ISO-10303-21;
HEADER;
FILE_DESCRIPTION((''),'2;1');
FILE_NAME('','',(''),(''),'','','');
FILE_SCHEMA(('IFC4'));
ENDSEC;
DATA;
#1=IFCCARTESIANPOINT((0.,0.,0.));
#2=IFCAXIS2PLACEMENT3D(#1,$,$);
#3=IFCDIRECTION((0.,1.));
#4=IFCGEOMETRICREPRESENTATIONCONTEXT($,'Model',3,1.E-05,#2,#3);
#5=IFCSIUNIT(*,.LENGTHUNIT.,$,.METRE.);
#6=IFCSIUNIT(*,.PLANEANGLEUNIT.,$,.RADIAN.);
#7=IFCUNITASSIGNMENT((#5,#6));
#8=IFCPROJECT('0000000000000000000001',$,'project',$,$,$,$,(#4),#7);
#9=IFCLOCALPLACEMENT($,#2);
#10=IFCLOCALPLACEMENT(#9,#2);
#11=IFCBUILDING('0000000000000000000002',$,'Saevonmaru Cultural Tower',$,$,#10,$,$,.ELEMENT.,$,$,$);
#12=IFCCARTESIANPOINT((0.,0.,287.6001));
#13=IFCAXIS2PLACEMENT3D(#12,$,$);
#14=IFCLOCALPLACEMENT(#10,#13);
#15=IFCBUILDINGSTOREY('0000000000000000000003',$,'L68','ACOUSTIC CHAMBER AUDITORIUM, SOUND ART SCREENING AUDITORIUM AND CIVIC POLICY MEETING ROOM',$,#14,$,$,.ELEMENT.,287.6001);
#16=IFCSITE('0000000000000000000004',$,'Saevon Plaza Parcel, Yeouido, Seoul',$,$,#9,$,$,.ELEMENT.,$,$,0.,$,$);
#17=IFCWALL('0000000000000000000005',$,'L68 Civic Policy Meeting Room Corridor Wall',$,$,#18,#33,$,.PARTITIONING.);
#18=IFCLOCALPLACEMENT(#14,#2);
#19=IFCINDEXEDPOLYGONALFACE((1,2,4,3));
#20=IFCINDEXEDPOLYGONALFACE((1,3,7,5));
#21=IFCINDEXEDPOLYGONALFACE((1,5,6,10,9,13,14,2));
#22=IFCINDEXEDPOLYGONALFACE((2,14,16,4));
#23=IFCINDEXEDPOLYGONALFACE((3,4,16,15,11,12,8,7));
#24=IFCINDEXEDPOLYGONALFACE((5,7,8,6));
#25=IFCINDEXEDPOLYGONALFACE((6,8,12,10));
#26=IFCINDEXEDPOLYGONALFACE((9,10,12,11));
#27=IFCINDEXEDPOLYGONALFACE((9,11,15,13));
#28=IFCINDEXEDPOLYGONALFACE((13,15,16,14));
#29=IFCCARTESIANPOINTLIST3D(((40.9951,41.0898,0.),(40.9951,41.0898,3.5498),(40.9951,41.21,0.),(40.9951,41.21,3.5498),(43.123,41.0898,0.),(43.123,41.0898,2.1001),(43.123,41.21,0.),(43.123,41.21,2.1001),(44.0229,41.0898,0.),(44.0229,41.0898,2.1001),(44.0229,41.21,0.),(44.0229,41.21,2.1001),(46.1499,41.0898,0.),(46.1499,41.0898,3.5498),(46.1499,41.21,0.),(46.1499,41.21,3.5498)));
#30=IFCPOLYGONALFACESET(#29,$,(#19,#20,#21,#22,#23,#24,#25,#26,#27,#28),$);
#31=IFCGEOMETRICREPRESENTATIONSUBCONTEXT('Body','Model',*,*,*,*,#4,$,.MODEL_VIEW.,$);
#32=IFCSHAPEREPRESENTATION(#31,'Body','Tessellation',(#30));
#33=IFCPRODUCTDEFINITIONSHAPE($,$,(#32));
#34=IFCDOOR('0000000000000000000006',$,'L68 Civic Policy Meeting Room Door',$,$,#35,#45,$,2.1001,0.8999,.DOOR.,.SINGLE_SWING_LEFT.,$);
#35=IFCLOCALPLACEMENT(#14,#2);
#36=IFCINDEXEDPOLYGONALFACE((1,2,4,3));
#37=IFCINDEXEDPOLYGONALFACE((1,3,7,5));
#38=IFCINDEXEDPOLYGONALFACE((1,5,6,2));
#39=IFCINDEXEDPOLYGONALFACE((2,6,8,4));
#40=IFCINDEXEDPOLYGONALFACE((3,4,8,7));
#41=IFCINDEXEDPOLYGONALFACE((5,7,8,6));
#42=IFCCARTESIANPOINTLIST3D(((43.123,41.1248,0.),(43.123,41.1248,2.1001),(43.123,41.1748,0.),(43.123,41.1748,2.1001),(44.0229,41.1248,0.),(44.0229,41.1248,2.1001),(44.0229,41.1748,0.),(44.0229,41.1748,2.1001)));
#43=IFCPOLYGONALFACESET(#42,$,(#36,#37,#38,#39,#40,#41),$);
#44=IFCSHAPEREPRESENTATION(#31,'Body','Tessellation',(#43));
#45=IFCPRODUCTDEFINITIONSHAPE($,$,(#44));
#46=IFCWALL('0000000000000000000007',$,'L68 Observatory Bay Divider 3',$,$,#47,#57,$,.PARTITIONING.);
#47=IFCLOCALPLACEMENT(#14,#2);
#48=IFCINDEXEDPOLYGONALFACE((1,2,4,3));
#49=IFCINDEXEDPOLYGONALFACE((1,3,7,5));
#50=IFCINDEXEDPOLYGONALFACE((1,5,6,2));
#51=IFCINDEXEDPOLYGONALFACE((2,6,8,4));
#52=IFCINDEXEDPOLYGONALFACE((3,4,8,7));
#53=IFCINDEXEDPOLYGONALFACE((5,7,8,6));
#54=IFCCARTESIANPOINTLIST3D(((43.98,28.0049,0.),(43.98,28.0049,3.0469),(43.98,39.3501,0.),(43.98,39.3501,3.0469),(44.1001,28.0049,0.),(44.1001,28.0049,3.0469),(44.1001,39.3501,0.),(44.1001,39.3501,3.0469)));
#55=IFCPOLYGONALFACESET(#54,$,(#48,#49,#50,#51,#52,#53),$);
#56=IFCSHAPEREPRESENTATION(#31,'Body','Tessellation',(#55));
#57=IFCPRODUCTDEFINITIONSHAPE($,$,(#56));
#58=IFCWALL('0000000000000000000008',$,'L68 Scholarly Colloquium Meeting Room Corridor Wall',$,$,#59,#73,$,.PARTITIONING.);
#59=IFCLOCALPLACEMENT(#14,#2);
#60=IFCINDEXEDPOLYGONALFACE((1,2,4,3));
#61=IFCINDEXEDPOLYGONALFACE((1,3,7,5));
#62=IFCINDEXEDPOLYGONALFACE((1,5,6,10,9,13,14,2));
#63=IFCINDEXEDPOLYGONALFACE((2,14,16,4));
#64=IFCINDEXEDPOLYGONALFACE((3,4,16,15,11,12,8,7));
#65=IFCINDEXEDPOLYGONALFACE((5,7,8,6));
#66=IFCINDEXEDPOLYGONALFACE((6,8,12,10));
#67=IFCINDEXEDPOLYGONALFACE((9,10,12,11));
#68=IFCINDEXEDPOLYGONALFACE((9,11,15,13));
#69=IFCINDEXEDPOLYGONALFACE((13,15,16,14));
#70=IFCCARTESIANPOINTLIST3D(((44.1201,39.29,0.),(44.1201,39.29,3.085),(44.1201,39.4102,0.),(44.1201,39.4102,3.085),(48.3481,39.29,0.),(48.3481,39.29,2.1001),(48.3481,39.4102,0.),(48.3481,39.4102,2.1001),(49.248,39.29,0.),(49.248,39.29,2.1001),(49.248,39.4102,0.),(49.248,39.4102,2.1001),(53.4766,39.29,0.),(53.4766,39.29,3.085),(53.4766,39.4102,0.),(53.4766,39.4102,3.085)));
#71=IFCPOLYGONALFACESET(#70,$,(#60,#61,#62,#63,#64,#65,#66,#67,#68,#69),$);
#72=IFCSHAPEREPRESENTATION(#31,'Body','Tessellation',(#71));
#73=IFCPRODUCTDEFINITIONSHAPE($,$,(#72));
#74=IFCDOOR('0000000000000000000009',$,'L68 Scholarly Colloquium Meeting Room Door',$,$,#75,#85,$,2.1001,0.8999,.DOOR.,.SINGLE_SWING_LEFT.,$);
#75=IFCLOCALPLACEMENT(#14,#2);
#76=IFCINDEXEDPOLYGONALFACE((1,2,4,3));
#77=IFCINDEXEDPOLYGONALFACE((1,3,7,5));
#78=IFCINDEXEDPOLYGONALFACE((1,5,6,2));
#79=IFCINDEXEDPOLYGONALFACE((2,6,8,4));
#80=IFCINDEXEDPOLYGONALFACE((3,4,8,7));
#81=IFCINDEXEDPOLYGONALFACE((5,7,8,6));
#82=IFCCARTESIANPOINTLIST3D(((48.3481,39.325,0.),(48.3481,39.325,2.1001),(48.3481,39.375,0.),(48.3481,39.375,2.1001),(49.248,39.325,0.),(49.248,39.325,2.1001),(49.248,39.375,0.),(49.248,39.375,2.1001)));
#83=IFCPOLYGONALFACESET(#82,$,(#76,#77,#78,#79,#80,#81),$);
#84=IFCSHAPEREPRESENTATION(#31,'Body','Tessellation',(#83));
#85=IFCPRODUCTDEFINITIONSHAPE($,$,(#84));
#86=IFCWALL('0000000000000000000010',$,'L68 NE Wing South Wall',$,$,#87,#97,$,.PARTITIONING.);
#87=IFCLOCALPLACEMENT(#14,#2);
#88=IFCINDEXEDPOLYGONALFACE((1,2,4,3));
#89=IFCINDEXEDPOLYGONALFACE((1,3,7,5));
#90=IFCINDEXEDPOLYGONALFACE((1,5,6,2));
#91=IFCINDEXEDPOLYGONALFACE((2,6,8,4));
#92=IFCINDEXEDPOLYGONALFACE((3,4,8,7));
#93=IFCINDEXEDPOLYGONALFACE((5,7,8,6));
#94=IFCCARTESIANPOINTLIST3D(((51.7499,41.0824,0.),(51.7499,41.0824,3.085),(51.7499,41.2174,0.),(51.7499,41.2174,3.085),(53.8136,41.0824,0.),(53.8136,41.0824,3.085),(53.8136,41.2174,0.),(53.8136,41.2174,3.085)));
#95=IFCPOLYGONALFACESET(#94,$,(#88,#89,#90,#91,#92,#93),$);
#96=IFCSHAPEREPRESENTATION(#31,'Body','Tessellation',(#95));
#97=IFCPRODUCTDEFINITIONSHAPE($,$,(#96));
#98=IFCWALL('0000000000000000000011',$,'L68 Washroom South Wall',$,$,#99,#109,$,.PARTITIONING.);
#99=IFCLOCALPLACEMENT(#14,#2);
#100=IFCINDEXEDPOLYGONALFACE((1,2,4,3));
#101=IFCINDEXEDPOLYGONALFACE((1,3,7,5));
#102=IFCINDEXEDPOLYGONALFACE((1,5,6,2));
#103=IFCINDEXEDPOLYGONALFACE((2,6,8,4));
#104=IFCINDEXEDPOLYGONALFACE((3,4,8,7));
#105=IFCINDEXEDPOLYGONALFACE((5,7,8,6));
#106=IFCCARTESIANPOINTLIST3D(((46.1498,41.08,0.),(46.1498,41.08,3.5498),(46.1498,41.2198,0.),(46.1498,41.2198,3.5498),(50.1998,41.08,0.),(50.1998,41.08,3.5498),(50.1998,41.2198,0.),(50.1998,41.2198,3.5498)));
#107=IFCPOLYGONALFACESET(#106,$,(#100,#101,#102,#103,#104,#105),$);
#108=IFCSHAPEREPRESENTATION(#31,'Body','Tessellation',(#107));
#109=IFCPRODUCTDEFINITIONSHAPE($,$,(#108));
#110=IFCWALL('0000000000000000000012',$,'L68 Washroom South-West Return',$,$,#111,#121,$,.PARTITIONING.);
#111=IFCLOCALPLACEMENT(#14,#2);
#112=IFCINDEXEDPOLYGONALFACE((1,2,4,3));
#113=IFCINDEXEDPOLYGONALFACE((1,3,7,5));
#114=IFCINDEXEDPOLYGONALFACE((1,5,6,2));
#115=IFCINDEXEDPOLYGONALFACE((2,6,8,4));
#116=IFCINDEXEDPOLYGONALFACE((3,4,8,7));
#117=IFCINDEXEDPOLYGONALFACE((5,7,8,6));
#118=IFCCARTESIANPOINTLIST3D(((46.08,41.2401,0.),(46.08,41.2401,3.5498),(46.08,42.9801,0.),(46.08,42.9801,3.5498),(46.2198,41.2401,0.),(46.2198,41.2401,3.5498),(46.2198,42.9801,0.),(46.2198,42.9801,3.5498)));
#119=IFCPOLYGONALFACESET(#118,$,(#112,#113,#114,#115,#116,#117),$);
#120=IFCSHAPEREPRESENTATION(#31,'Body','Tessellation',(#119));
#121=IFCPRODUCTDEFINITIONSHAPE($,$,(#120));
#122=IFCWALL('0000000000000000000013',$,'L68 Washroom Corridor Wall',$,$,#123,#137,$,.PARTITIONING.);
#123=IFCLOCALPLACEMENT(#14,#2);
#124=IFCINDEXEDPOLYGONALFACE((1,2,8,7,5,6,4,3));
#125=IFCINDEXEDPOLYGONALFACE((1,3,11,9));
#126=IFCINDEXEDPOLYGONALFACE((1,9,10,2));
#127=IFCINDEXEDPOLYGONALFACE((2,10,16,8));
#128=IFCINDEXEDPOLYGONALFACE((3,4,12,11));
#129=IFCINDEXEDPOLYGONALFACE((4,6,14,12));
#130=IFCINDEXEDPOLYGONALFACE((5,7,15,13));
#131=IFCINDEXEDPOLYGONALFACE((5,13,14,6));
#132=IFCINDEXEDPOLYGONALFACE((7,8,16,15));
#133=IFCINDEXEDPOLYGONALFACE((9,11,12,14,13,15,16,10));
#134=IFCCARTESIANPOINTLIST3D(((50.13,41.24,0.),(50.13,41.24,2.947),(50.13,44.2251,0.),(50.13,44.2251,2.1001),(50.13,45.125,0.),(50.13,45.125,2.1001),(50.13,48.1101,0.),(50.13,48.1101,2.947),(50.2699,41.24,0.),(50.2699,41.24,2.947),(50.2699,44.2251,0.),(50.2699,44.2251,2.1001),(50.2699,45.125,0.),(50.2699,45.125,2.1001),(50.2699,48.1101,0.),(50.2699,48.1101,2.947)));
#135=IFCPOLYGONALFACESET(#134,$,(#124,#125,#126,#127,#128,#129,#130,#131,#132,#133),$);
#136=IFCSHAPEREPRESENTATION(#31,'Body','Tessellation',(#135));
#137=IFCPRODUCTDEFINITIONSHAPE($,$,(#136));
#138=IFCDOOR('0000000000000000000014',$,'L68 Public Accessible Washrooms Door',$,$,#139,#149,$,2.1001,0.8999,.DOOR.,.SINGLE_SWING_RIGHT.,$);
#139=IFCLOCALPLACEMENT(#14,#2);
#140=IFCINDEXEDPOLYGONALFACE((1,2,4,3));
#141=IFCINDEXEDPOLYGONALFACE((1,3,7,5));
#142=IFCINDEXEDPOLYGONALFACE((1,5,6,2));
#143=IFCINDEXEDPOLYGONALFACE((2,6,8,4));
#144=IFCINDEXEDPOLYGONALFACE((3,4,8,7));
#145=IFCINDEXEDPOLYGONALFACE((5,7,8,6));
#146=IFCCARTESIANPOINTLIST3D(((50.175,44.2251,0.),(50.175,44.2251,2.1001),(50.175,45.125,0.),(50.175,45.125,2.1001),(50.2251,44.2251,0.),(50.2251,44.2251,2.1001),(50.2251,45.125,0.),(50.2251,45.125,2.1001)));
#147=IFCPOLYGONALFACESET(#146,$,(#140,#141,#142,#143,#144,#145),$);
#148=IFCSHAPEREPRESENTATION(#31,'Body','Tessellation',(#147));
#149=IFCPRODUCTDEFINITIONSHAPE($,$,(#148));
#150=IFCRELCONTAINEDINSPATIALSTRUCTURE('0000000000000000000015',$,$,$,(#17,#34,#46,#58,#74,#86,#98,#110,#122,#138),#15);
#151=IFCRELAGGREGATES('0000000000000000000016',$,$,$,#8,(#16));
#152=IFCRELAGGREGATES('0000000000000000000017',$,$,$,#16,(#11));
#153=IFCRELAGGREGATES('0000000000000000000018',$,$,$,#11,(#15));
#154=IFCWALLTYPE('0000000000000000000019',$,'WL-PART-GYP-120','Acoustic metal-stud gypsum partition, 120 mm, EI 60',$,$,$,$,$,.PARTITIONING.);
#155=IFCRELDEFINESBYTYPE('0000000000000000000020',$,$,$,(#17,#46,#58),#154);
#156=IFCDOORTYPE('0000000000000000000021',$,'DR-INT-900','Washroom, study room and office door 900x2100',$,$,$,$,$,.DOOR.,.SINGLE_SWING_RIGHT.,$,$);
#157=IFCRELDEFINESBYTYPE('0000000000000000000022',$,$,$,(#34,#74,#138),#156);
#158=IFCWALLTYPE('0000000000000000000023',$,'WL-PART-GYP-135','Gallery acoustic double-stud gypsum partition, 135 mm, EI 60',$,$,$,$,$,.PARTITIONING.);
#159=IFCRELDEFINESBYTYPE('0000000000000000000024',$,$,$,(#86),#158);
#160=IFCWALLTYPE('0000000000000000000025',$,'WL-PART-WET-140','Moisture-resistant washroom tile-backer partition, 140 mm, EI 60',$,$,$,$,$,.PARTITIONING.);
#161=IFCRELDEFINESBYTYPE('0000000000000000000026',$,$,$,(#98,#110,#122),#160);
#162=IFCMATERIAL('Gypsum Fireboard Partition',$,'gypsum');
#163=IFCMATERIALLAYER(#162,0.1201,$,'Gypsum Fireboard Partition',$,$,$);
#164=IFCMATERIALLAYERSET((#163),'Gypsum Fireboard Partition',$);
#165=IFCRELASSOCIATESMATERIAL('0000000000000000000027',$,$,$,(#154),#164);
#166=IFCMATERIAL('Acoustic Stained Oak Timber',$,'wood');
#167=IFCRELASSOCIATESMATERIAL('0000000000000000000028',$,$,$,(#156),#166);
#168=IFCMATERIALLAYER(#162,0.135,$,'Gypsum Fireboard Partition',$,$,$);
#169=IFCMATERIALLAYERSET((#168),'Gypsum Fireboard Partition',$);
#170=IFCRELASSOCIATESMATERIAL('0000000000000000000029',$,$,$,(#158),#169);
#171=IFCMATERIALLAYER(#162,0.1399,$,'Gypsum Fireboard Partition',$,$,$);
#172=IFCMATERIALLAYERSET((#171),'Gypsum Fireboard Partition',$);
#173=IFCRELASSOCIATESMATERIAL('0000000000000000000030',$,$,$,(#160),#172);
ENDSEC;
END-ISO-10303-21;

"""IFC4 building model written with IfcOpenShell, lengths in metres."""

from ifc_helpers import new_model, si_unit, direction, frame, frame_2d, origin, place, context, subcontext, project, spatial, rectangle, extrude, material, layer, layer_set, type_object, element, fill, save


model = new_model("IFC4")

# Units and contexts
model_context = context("Model", 3, precision=1e-05, world=origin(), true_north=direction((0.0, 1.0)))
body_context = subcontext(model_context, "Body", "Model", "MODEL_VIEW")
ifc_project = project(units=[si_unit("LENGTHUNIT", "METRE"), si_unit("PLANEANGLEUNIT", "RADIAN")], contexts=[model_context])

# Site, building, storey
site_placement = place(None, origin())
site = spatial("IfcSite", under=ifc_project, at=site_placement, Name="Saevon Plaza Parcel, Yeouido, Seoul", CompositionType="ELEMENT", RefElevation=0.0)
building_placement = place(site_placement, origin())
building = spatial("IfcBuilding", under=site, at=building_placement, Name="Saevonmaru Cultural Tower", CompositionType="ELEMENT")
storey_placement = place(building_placement, frame((0.0, 0.0, 287.6001)))
storey = spatial("IfcBuildingStorey", under=building, at=storey_placement, Name="L68", Description="ACOUSTIC CHAMBER AUDITORIUM, SOUND ART SCREENING AUDITORIUM AND CIVIC POLICY MEETING ROOM", CompositionType="ELEMENT", Elevation=287.6001)

# Wall, opening, door
ifc_material_1 = material(Name="Gypsum Fireboard Partition", Category="gypsum")
ifc_layer_1 = layer(ifc_material_1, 0.1201, Name="Gypsum Fireboard Partition")
ifc_layer_set_1 = layer_set([ifc_layer_1], Name="Gypsum Fireboard Partition")
wall_type_1 = type_object("IfcWallType", Name="WL-PART-GYP-120", Description="Acoustic metal-stud gypsum partition, 120 mm, EI 60", PredefinedType="PARTITIONING", material=ifc_layer_set_1)
ifc_material_2 = material(Name="Acoustic Stained Oak Timber", Category="wood")
door_type = type_object("IfcDoorType", Name="DR-INT-900", Description="Washroom, study room and office door 900x2100", OperationType="SINGLE_SWING_RIGHT", PredefinedType="DOOR", material=ifc_material_2)
wall_1_placement = place(storey_placement, frame((40.9951, 41.1499, 0.0), z_axis=(0.0, 0.0, 1.0), x_axis=(1.0, 0.0, 0.0)))
wall_1 = element("IfcWall", 1, at=wall_1_placement, inside=storey, type_object=wall_type_1, Name="L68 Civic Policy Meeting Room Corridor Wall", PredefinedType="PARTITIONING", context=body_context, shape_type="SweptSolid", body=[
    extrude(rectangle(XDim=5.1548, YDim=0.1201, at=frame_2d((2.5774, 0.0))), origin(), (0.0, 0.0, 1.0), 3.5498),
])
opening_1_placement = place(wall_1_placement, frame((2.1279, 0.0, 0.0)))
opening_1 = element("IfcOpeningElement", 2, at=opening_1_placement, cuts=wall_1, PredefinedType="OPENING", context=body_context, shape_type="SweptSolid", body=[
    extrude(rectangle(XDim=0.8999, YDim=2.1001, at=frame_2d((0.45, 1.05))), frame((0.0, 0.0701, 0.0), z_axis=(0.0, -1.0, 0.0), x_axis=(1.0, 0.0, 0.0)), (0.0, 0.0, 1.0), 0.1401),
])
door_1_placement = place(opening_1_placement, origin())
door_1 = element("IfcDoor", 3, at=door_1_placement, inside=storey, type_object=door_type, Name="L68 Civic Policy Meeting Room Door", OperationType="SINGLE_SWING_LEFT", OverallHeight=2.1001, OverallWidth=0.8999, PredefinedType="DOOR", context=body_context, shape_type="SweptSolid", body=[
    extrude(rectangle(XDim=0.8999, YDim=2.1001, at=frame_2d((0.45, 1.05))), frame((0.0, 0.0249, 0.0), z_axis=(0.0, -1.0, 0.0), x_axis=(1.0, 0.0, 0.0)), (0.0, 0.0, 1.0), 0.05),
])
fill(opening_1, door_1)

# Wall
wall_2_placement = place(storey_placement, frame((44.04, 28.0049, 0.0), z_axis=(0.0, 0.0, 1.0), x_axis=(0.0, 1.0, 0.0)))
element("IfcWall", 4, at=wall_2_placement, inside=storey, type_object=wall_type_1, Name="L68 Observatory Bay Divider 3", PredefinedType="PARTITIONING", context=body_context, shape_type="SweptSolid", body=[
    extrude(rectangle(XDim=11.3452, YDim=0.1201, at=frame_2d((5.6726, 0.0))), origin(), (0.0, 0.0, 1.0), 3.0469),
])

# Wall, opening, door
wall_3_placement = place(storey_placement, frame((44.1201, 39.3501, 0.0), z_axis=(0.0, 0.0, 1.0), x_axis=(1.0, 0.0, 0.0)))
wall_3 = element("IfcWall", 5, at=wall_3_placement, inside=storey, type_object=wall_type_1, Name="L68 Scholarly Colloquium Meeting Room Corridor Wall", PredefinedType="PARTITIONING", context=body_context, shape_type="SweptSolid", body=[
    extrude(rectangle(XDim=9.3564, YDim=0.1201, at=frame_2d((4.6782, 0.0))), origin(), (0.0, 0.0, 1.0), 3.085),
])
opening_2_placement = place(wall_3_placement, frame((4.228, 0.0, 0.0)))
opening_2 = element("IfcOpeningElement", 6, at=opening_2_placement, cuts=wall_3, PredefinedType="OPENING", context=body_context, shape_type="SweptSolid", body=[
    extrude(rectangle(XDim=0.8999, YDim=2.1001, at=frame_2d((0.45, 1.05))), frame((0.0, 0.0701, 0.0), z_axis=(0.0, -1.0, 0.0), x_axis=(1.0, 0.0, 0.0)), (0.0, 0.0, 1.0), 0.1401),
])
door_2_placement = place(opening_2_placement, origin())
door_2 = element("IfcDoor", 7, at=door_2_placement, inside=storey, type_object=door_type, Name="L68 Scholarly Colloquium Meeting Room Door", OperationType="SINGLE_SWING_LEFT", OverallHeight=2.1001, OverallWidth=0.8999, PredefinedType="DOOR", context=body_context, shape_type="SweptSolid", body=[
    extrude(rectangle(XDim=0.8999, YDim=2.1001, at=frame_2d((0.45, 1.05))), frame((0.0, 0.0249, 0.0), z_axis=(0.0, -1.0, 0.0), x_axis=(1.0, 0.0, 0.0)), (0.0, 0.0, 1.0), 0.05),
])
fill(opening_2, door_2)

# Walls
ifc_layer_2 = layer(ifc_material_1, 0.135, Name="Gypsum Fireboard Partition")
ifc_layer_set_2 = layer_set([ifc_layer_2], Name="Gypsum Fireboard Partition")
wall_type_2 = type_object("IfcWallType", Name="WL-PART-GYP-135", Description="Gallery acoustic double-stud gypsum partition, 135 mm, EI 60", PredefinedType="PARTITIONING", material=ifc_layer_set_2)
wall_4_placement = place(storey_placement, frame((51.75, 41.1499, 0.0), z_axis=(0.0, 0.0, 1.0), x_axis=(1.0, 0.0, 0.0)))
element("IfcWall", 8, at=wall_4_placement, inside=storey, type_object=wall_type_2, Name="L68 NE Wing South Wall", PredefinedType="PARTITIONING", context=body_context, shape_type="SweptSolid", body=[
    extrude(rectangle(XDim=2.0637, YDim=0.135, at=frame_2d((1.0317, 0.0))), origin(), (0.0, 0.0, 1.0), 3.085),
])
ifc_layer_3 = layer(ifc_material_1, 0.1399, Name="Gypsum Fireboard Partition")
ifc_layer_set_3 = layer_set([ifc_layer_3], Name="Gypsum Fireboard Partition")
wall_type_3 = type_object("IfcWallType", Name="WL-PART-WET-140", Description="Moisture-resistant washroom tile-backer partition, 140 mm, EI 60", PredefinedType="PARTITIONING", material=ifc_layer_set_3)
wall_5_placement = place(storey_placement, frame((46.1499, 41.1499, 0.0), z_axis=(0.0, 0.0, 1.0), x_axis=(1.0, 0.0, 0.0)))
element("IfcWall", 9, at=wall_5_placement, inside=storey, type_object=wall_type_3, Name="L68 Washroom South Wall", PredefinedType="PARTITIONING", context=body_context, shape_type="SweptSolid", body=[
    extrude(rectangle(XDim=4.05, YDim=0.1399, at=frame_2d((2.0249, 0.0))), origin(), (0.0, 0.0, 1.0), 3.5498),
])
wall_6_placement = place(storey_placement, frame((46.1499, 41.24, 0.0), z_axis=(0.0, 0.0, 1.0), x_axis=(0.0, 1.0, 0.0)))
element("IfcWall", 10, at=wall_6_placement, inside=storey, type_object=wall_type_3, Name="L68 Washroom South-West Return", PredefinedType="PARTITIONING", context=body_context, shape_type="SweptSolid", body=[
    extrude(rectangle(XDim=1.74, YDim=0.1399, at=frame_2d((0.8701, 0.0))), origin(), (0.0, 0.0, 1.0), 3.5498),
])

# Wall, opening, door
wall_7_placement = place(storey_placement, frame((50.2, 41.24, 0.0), z_axis=(0.0, 0.0, 1.0), x_axis=(0.0, 1.0, 0.0)))
wall_7 = element("IfcWall", 11, at=wall_7_placement, inside=storey, type_object=wall_type_3, Name="L68 Washroom Corridor Wall", PredefinedType="PARTITIONING", context=body_context, shape_type="SweptSolid", body=[
    extrude(rectangle(XDim=6.8701, YDim=0.1399, at=frame_2d((3.4351, 0.0))), origin(), (0.0, 0.0, 1.0), 2.947),
])
opening_3_placement = place(wall_7_placement, frame((2.9851, 0.0, 0.0)))
opening_3 = element("IfcOpeningElement", 12, at=opening_3_placement, cuts=wall_7, PredefinedType="OPENING", context=body_context, shape_type="SweptSolid", body=[
    extrude(rectangle(XDim=0.8999, YDim=2.1001, at=frame_2d((0.45, 1.05))), frame((0.0, 0.0801, 0.0), z_axis=(0.0, -1.0, 0.0), x_axis=(1.0, 0.0, 0.0)), (0.0, 0.0, 1.0), 0.1599),
])
door_3_placement = place(opening_3_placement, origin())
door_3 = element("IfcDoor", 13, at=door_3_placement, inside=storey, type_object=door_type, Name="L68 Public Accessible Washrooms Door", OperationType="SINGLE_SWING_RIGHT", OverallHeight=2.1001, OverallWidth=0.8999, PredefinedType="DOOR", context=body_context, shape_type="SweptSolid", body=[
    extrude(rectangle(XDim=0.8999, YDim=2.1001, at=frame_2d((0.45, 1.05))), frame((0.0, 0.0249, 0.0), z_axis=(0.0, -1.0, 0.0), x_axis=(1.0, 0.0, 0.0)), (0.0, 0.0, 1.0), 0.05),
])
fill(opening_3, door_3)

save(model, "model.ifc")
